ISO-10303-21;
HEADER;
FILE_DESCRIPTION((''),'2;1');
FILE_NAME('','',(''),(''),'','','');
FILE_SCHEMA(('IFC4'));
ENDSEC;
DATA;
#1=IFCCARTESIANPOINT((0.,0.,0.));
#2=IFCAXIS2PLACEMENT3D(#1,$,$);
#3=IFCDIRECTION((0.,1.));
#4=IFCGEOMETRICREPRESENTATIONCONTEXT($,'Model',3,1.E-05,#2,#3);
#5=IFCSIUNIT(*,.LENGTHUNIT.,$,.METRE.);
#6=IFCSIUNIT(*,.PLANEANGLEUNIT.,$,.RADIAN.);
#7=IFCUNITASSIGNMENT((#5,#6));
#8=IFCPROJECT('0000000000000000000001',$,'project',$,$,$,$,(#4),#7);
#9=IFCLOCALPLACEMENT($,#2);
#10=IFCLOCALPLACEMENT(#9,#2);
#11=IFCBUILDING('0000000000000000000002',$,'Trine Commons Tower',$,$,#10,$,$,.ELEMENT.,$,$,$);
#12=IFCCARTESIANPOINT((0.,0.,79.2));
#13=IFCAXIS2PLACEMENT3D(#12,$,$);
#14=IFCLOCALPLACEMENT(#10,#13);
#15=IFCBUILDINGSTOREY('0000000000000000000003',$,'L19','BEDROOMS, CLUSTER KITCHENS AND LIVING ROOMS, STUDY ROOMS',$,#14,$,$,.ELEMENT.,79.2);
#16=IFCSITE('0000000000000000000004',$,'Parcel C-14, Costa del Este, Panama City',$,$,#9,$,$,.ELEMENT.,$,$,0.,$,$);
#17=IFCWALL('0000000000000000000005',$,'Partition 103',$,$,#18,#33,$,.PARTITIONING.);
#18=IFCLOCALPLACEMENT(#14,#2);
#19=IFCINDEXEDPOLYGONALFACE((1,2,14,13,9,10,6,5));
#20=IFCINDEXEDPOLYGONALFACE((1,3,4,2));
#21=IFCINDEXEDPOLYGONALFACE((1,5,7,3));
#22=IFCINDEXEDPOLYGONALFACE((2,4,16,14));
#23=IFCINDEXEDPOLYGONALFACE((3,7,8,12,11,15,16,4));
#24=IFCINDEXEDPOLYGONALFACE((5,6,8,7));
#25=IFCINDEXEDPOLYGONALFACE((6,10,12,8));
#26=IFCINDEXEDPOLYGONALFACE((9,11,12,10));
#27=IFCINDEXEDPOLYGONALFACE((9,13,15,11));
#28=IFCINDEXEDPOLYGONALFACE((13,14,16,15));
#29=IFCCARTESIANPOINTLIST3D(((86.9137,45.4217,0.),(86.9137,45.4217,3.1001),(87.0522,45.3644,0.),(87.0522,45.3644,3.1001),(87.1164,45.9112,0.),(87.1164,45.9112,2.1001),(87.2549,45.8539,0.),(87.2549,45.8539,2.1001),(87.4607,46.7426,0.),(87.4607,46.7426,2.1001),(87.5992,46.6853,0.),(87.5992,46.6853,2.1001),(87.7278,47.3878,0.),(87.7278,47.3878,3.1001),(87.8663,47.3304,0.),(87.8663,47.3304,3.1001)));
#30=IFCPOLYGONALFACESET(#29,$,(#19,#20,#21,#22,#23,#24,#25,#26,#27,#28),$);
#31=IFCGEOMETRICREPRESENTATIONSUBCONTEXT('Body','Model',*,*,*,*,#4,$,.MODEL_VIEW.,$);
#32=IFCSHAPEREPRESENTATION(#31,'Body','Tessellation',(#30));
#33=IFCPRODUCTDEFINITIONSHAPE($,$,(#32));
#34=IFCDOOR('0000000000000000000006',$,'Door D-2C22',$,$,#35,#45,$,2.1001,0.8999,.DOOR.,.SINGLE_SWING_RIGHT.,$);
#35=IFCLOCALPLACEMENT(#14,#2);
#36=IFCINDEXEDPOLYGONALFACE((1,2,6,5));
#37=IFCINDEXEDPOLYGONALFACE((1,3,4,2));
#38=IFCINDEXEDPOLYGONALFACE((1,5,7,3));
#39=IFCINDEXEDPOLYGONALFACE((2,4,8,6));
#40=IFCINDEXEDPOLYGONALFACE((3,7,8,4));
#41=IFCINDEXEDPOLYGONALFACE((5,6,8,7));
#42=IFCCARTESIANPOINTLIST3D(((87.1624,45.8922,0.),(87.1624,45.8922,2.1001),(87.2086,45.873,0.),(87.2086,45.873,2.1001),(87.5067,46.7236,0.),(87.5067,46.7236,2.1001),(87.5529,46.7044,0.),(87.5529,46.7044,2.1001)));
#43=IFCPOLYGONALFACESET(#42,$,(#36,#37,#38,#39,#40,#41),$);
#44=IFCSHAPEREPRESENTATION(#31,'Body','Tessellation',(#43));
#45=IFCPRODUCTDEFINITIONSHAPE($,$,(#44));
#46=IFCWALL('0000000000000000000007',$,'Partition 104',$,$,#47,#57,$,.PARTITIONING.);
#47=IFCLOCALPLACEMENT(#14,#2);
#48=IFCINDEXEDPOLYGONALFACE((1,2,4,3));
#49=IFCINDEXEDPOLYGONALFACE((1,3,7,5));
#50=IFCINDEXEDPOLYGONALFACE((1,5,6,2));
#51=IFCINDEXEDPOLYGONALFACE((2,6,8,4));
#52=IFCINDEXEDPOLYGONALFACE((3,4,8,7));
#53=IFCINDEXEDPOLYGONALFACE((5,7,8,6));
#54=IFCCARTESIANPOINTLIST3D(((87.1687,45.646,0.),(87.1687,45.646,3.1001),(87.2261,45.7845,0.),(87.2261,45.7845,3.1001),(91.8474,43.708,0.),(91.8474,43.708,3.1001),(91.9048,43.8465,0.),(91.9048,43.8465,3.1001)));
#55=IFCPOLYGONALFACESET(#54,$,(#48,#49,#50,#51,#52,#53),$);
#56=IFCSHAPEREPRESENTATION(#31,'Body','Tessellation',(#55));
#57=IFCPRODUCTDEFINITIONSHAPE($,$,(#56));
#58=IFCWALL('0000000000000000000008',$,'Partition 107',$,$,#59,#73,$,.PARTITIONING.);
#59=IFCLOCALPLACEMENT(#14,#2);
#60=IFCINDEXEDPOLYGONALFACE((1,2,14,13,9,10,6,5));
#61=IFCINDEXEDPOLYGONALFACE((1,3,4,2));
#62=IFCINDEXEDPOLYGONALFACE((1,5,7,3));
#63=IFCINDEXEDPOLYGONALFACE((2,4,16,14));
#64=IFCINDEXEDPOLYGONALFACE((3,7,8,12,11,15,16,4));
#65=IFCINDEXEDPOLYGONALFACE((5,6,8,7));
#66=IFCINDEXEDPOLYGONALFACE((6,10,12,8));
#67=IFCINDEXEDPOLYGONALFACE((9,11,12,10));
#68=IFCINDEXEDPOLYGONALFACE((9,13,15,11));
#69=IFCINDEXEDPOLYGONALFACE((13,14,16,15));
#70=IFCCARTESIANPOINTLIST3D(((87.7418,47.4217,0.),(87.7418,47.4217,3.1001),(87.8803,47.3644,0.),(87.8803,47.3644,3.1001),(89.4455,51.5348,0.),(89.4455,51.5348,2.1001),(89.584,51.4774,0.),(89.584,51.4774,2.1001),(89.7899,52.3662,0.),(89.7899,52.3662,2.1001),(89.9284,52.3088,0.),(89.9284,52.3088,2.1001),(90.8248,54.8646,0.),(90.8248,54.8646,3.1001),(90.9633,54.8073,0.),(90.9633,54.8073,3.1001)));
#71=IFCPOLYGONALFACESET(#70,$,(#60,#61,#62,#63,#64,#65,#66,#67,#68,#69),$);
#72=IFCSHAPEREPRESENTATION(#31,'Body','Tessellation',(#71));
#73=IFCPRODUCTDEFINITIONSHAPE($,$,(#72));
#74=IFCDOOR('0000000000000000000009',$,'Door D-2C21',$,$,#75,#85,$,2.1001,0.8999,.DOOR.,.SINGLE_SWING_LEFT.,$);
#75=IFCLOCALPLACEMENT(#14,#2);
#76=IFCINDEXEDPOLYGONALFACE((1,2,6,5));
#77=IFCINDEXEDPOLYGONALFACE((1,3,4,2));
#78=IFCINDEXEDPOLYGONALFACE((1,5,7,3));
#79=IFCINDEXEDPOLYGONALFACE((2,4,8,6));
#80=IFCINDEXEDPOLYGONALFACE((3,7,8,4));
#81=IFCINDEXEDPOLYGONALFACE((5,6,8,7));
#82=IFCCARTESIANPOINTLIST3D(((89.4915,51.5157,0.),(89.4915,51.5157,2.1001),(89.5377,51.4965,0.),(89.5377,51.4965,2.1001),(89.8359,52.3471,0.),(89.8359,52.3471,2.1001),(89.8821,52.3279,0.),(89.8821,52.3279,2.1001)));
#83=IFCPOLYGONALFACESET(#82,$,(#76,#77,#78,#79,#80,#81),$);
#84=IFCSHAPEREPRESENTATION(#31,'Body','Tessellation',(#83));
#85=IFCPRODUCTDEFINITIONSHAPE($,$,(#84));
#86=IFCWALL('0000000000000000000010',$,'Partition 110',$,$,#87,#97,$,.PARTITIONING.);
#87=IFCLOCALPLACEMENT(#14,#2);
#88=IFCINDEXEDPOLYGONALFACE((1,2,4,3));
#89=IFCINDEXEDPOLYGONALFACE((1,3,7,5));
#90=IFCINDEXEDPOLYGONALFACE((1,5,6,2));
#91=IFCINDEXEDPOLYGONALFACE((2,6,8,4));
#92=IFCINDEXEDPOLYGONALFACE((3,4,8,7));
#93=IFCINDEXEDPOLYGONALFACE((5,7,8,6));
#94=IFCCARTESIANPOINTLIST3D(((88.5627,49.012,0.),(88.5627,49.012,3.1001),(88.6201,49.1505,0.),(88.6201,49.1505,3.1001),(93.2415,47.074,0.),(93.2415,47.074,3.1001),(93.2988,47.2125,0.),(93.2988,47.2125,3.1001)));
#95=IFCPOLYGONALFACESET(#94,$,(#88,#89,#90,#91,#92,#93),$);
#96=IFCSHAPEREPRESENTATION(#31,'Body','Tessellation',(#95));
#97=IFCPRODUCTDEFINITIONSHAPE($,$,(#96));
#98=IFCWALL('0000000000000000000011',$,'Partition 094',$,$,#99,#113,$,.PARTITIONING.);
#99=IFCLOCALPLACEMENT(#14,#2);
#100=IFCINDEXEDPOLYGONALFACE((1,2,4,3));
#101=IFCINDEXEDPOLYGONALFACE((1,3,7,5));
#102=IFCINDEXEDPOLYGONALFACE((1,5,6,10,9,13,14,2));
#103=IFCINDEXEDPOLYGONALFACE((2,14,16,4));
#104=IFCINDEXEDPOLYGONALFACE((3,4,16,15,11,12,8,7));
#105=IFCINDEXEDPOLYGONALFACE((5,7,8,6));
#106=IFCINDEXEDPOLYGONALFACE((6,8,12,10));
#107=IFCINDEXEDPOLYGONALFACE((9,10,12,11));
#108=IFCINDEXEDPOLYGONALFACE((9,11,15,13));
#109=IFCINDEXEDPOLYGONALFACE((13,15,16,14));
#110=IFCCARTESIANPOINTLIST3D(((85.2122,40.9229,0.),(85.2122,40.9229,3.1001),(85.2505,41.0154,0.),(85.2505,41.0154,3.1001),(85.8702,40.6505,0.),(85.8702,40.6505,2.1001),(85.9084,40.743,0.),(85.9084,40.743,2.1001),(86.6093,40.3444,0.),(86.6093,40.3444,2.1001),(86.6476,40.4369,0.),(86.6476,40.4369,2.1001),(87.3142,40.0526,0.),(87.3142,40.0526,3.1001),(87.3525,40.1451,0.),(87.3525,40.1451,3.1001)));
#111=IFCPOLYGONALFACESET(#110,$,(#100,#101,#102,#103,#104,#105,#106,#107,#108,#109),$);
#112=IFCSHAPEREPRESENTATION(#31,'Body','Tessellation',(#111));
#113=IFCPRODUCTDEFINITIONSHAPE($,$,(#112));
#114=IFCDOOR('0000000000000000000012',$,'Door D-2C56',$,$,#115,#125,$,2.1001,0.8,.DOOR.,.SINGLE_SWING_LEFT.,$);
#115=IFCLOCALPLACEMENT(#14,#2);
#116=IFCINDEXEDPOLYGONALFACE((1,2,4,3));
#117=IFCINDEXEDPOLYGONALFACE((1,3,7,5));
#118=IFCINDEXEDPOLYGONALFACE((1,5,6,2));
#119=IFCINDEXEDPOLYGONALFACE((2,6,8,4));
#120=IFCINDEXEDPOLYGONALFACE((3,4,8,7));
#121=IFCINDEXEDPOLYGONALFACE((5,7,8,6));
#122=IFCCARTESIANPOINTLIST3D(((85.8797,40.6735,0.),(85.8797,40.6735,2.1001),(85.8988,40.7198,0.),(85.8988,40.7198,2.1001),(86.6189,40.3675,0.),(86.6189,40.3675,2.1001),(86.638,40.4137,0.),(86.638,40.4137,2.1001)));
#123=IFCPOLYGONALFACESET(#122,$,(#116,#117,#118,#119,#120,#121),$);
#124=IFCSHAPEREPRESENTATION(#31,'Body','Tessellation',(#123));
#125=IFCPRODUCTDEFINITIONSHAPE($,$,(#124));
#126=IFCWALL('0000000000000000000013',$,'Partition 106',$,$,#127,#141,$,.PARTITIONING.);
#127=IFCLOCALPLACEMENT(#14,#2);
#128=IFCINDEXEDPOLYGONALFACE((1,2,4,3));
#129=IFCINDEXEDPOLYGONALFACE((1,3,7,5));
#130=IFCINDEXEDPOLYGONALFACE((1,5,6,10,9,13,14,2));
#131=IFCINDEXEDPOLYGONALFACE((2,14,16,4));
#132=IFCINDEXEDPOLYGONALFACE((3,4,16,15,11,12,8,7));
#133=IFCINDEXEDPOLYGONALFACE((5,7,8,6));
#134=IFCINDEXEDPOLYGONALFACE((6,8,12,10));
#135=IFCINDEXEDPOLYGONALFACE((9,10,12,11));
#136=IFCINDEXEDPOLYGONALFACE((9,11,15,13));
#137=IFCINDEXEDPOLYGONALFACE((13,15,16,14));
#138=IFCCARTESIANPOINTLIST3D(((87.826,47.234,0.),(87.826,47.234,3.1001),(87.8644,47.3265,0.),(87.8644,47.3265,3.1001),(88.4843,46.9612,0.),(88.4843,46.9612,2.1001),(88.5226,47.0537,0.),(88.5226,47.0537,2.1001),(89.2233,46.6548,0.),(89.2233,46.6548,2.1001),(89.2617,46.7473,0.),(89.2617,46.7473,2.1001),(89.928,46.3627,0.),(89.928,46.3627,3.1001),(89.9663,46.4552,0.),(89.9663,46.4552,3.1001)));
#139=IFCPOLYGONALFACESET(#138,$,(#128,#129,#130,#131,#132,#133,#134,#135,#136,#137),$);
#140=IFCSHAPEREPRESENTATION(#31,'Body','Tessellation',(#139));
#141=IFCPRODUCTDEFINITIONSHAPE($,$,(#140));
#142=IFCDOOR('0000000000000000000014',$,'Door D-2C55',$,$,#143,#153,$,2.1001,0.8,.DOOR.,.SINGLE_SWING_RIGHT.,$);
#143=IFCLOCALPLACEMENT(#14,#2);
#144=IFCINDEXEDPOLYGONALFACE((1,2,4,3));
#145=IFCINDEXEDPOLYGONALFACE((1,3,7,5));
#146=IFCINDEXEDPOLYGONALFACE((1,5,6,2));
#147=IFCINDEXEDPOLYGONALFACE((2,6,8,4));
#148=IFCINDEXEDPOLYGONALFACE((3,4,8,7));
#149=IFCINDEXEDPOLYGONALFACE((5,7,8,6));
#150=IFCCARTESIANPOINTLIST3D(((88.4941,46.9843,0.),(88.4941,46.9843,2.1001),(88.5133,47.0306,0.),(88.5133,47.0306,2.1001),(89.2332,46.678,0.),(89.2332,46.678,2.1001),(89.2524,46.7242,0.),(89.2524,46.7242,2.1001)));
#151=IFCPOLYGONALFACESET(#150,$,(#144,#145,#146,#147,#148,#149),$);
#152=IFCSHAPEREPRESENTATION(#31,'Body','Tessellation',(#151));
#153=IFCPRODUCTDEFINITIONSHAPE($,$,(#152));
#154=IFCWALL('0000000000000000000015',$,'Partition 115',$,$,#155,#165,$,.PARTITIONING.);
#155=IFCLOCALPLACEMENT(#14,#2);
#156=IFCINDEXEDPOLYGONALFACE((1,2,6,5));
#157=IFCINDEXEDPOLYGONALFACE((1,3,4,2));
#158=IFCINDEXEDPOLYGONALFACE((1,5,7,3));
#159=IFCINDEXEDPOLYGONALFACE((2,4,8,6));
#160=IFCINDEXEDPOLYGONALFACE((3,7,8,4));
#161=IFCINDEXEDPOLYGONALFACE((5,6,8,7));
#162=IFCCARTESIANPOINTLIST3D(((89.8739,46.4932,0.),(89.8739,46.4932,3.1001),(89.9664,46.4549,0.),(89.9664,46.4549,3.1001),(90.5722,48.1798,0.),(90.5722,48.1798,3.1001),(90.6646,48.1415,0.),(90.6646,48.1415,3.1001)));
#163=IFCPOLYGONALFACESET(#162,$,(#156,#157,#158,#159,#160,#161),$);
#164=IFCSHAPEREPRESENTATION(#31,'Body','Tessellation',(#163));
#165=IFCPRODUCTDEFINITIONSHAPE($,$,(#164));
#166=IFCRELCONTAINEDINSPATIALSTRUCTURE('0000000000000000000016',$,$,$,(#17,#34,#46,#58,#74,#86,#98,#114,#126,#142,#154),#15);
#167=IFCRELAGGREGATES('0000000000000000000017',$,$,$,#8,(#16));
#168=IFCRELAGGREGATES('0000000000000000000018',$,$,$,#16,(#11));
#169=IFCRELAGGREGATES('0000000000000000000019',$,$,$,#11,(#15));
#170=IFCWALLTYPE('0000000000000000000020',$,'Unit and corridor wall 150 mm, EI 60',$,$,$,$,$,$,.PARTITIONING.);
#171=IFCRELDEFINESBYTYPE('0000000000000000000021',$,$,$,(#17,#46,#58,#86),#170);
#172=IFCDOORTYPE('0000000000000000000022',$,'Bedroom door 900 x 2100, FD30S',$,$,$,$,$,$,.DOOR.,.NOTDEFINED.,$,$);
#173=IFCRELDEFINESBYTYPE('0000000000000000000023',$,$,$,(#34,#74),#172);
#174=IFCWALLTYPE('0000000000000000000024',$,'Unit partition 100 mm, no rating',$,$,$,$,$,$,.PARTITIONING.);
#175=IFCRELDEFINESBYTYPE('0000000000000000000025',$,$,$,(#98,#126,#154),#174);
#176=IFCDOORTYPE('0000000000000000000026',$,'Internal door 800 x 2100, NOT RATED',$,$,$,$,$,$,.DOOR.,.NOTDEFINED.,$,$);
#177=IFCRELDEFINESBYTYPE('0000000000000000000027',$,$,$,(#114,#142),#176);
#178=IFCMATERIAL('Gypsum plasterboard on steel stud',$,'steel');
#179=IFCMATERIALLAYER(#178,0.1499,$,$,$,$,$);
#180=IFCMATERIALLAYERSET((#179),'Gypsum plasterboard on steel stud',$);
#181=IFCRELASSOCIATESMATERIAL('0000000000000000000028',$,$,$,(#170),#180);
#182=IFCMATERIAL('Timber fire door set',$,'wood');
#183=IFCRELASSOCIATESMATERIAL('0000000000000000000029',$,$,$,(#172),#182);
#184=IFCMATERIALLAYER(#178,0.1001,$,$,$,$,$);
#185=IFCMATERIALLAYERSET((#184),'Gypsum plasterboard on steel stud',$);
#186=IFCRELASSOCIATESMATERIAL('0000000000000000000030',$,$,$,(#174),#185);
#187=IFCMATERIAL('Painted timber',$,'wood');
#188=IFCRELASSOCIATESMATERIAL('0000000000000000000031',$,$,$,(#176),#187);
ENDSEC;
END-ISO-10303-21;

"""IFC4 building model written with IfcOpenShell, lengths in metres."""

from ifc_helpers import new_model, si_unit, direction, frame, frame_2d, origin, place, context, subcontext, project, spatial, rectangle, extrude, material, layer, layer_set, type_object, element, fill, save


model = new_model("IFC4")

# Units and contexts
model_context = context("Model", 3, precision=1e-05, world=origin(), true_north=direction((0.0, 1.0)))
body_context = subcontext(model_context, "Body", "Model", "MODEL_VIEW")
ifc_project = project(units=[si_unit("LENGTHUNIT", "METRE"), si_unit("PLANEANGLEUNIT", "RADIAN")], contexts=[model_context])

# Site, building, storey
site_placement = place(None, origin())
site = spatial("IfcSite", under=ifc_project, at=site_placement, Name="Parcel C-14, Costa del Este, Panama City", CompositionType="ELEMENT", RefElevation=0.0)
building_placement = place(site_placement, origin())
building = spatial("IfcBuilding", under=site, at=building_placement, Name="Trine Commons Tower", CompositionType="ELEMENT")
storey_placement = place(building_placement, frame((0.0, 0.0, 79.2)))
storey = spatial("IfcBuildingStorey", under=building, at=storey_placement, Name="L19", Description="BEDROOMS, CLUSTER KITCHENS AND LIVING ROOMS, STUDY ROOMS", CompositionType="ELEMENT", Elevation=79.2)

# Shared definitions
ifc_material_1 = material(Name="Gypsum plasterboard on steel stud", Category="steel")
ifc_layer_1 = layer(ifc_material_1, 0.1499)
ifc_layer_set_1 = layer_set([ifc_layer_1], Name="Gypsum plasterboard on steel stud")
wall_type_1 = type_object("IfcWallType", Name="Unit and corridor wall 150 mm, EI 60", PredefinedType="PARTITIONING", material=ifc_layer_set_1)
ifc_material_2 = material(Name="Timber fire door set", Category="wood")

# Shared definitions
ifc_material_3 = material(Name="Painted timber", Category="wood")

# Wall, opening, door
wall_1_placement = place(storey_placement, frame((86.9829, 45.3931, 0.0), z_axis=(0.0, 0.0, 1.0), x_axis=(0.382619, 0.923906, 0.0)))
wall_1 = element("IfcWall", 1, at=wall_1_placement, inside=storey, type_object=wall_type_1, Name="Partition 103", PredefinedType="PARTITIONING", context=body_context, shape_type="SweptSolid", body=[
    extrude(rectangle(XDim=2.1279, YDim=0.1499, at=frame_2d((1.064, 0.0))), origin(), (0.0, 0.0, 1.0), 3.1001),
])
opening_1_placement = place(wall_1_placement, frame((0.5298, 0.0, 0.0)))
opening_1 = element("IfcOpeningElement", 2, at=opening_1_placement, cuts=wall_1, PredefinedType="OPENING", context=body_context, shape_type="SweptSolid", body=[
    extrude(rectangle(XDim=0.8999, YDim=2.1001, at=frame_2d((0.45, 1.05))), frame((0.0, 0.085, 0.0), z_axis=(0.0, -1.0, 0.0), x_axis=(1.0, 0.0, 0.0)), (0.0, 0.0, 1.0), 0.1699),
])
door_type_1 = type_object("IfcDoorType", Name="Bedroom door 900 x 2100, FD30S", OperationType="NOTDEFINED", PredefinedType="DOOR", material=ifc_material_2)
door_1_placement = place(opening_1_placement, frame((0.8999, 0.0, 0.0), z_axis=(0.0, 0.0, 1.0), x_axis=(-1.0, 0.0, 0.0)))
door_1 = element("IfcDoor", 3, at=door_1_placement, inside=storey, type_object=door_type_1, Name="Door D-2C22", OperationType="SINGLE_SWING_RIGHT", OverallHeight=2.1001, OverallWidth=0.8999, PredefinedType="DOOR", context=body_context, shape_type="SweptSolid", body=[
    extrude(rectangle(XDim=0.8999, YDim=2.1001, at=frame_2d((0.45, 1.05))), frame((0.0, 0.0249, 0.0), z_axis=(0.0, -1.0, 0.0), x_axis=(1.0, 0.0, 0.0)), (0.0, 0.0, 1.0), 0.05),
])
fill(opening_1, door_1)

# Wall
wall_2_placement = place(storey_placement, frame((87.1973, 45.7153, 0.0), z_axis=(0.0, 0.0, 1.0), x_axis=(0.923879, -0.382684, 0.0)))
element("IfcWall", 4, at=wall_2_placement, inside=storey, type_object=wall_type_1, Name="Partition 104", PredefinedType="PARTITIONING", context=body_context, shape_type="SweptSolid", body=[
    extrude(rectangle(XDim=5.0642, YDim=0.1499, at=frame_2d((2.5322, 0.0))), origin(), (0.0, 0.0, 1.0), 3.1001),
])

# Wall, opening, door
wall_3_placement = place(storey_placement, frame((87.811, 47.3931, 0.0), z_axis=(0.0, 0.0, 1.0), x_axis=(0.382691, 0.923876, 0.0)))
wall_3 = element("IfcWall", 5, at=wall_3_placement, inside=storey, type_object=wall_type_1, Name="Partition 107", PredefinedType="PARTITIONING", context=body_context, shape_type="SweptSolid", body=[
    extrude(rectangle(XDim=8.0562, YDim=0.1499, at=frame_2d((4.0281, 0.0))), origin(), (0.0, 0.0, 1.0), 3.1001),
])
opening_2_placement = place(wall_3_placement, frame((4.4519, 0.0, 0.0)))
opening_2 = element("IfcOpeningElement", 6, at=opening_2_placement, cuts=wall_3, PredefinedType="OPENING", context=body_context, shape_type="SweptSolid", body=[
    extrude(rectangle(XDim=0.8999, YDim=2.1001, at=frame_2d((0.45, 1.05))), frame((0.0, 0.085, 0.0), z_axis=(0.0, -1.0, 0.0), x_axis=(1.0, 0.0, 0.0)), (0.0, 0.0, 1.0), 0.1699),
])
door_2_placement = place(opening_2_placement, frame((0.8999, 0.0, 0.0), z_axis=(0.0, 0.0, 1.0), x_axis=(-1.0, 0.0, 0.0)))
door_2 = element("IfcDoor", 7, at=door_2_placement, inside=storey, type_object=door_type_1, Name="Door D-2C21", OperationType="SINGLE_SWING_LEFT", OverallHeight=2.1001, OverallWidth=0.8999, PredefinedType="DOOR", context=body_context, shape_type="SweptSolid", body=[
    extrude(rectangle(XDim=0.8999, YDim=2.1001, at=frame_2d((0.45, 1.05))), frame((0.0, 0.0249, 0.0), z_axis=(0.0, -1.0, 0.0), x_axis=(1.0, 0.0, 0.0)), (0.0, 0.0, 1.0), 0.05),
])
fill(opening_2, door_2)

# Wall
wall_4_placement = place(storey_placement, frame((88.5913, 49.0813, 0.0), z_axis=(0.0, 0.0, 1.0), x_axis=(0.923879, -0.382684, 0.0)))
element("IfcWall", 8, at=wall_4_placement, inside=storey, type_object=wall_type_1, Name="Partition 110", PredefinedType="PARTITIONING", context=body_context, shape_type="SweptSolid", body=[
    extrude(rectangle(XDim=5.0642, YDim=0.1499, at=frame_2d((2.5322, 0.0))), origin(), (0.0, 0.0, 1.0), 3.1001),
])

# Walls, openings, doors
ifc_layer_2 = layer(ifc_material_1, 0.1001)
ifc_layer_set_2 = layer_set([ifc_layer_2], Name="Gypsum plasterboard on steel stud")
wall_type_2 = type_object("IfcWallType", Name="Unit partition 100 mm, no rating", PredefinedType="PARTITIONING", material=ifc_layer_set_2)
wall_5_placement = place(storey_placement, frame((85.2312, 40.9692, 0.0), z_axis=(0.0, 0.0, 1.0), x_axis=(0.923932, -0.382557, 0.0)))
wall_5 = element("IfcWall", 9, at=wall_5_placement, inside=storey, type_object=wall_type_2, Name="Partition 094", PredefinedType="PARTITIONING", context=body_context, shape_type="SweptSolid", body=[
    extrude(rectangle(XDim=2.2751, YDim=0.1001, at=frame_2d((1.1377, 0.0))), origin(), (0.0, 0.0, 1.0), 3.1001),
])
opening_3_placement = place(wall_5_placement, frame((0.7124, 0.0, 0.0)))
opening_3 = element("IfcOpeningElement", 10, at=opening_3_placement, cuts=wall_5, PredefinedType="OPENING", context=body_context, shape_type="SweptSolid", body=[
    extrude(rectangle(XDim=0.8, YDim=2.1001, at=frame_2d((0.3999, 1.05))), frame((0.0, 0.0601, 0.0), z_axis=(0.0, -1.0, 0.0), x_axis=(1.0, 0.0, 0.0)), (0.0, 0.0, 1.0), 0.1201),
])
door_type_2 = type_object("IfcDoorType", Name="Internal door 800 x 2100, NOT RATED", OperationType="NOTDEFINED", PredefinedType="DOOR", material=ifc_material_3)
door_3_placement = place(opening_3_placement, origin())
door_3 = element("IfcDoor", 11, at=door_3_placement, inside=storey, type_object=door_type_2, Name="Door D-2C56", OperationType="SINGLE_SWING_LEFT", OverallHeight=2.1001, OverallWidth=0.8, PredefinedType="DOOR", context=body_context, shape_type="SweptSolid", body=[
    extrude(rectangle(XDim=0.8, YDim=2.1001, at=frame_2d((0.3999, 1.05))), frame((0.0, 0.0249, 0.0), z_axis=(0.0, -1.0, 0.0), x_axis=(1.0, 0.0, 0.0)), (0.0, 0.0, 1.0), 0.05),
])
fill(opening_3, door_3)
wall_6_placement = place(storey_placement, frame((87.8452, 47.2803, 0.0), z_axis=(0.0, 0.0, 1.0), x_axis=(0.92378, -0.382923, 0.0)))
wall_6 = element("IfcWall", 12, at=wall_6_placement, inside=storey, type_object=wall_type_2, Name="Partition 106", PredefinedType="PARTITIONING", context=body_context, shape_type="SweptSolid", body=[
    extrude(rectangle(XDim=2.2754, YDim=0.1001, at=frame_2d((1.1377, 0.0))), origin(), (0.0, 0.0, 1.0), 3.1001),
])
opening_4_placement = place(wall_6_placement, frame((0.7126, 0.0, 0.0)))
opening_4 = element("IfcOpeningElement", 13, at=opening_4_placement, cuts=wall_6, PredefinedType="OPENING", context=body_context, shape_type="SweptSolid", body=[
    extrude(rectangle(XDim=0.8, YDim=2.1001, at=frame_2d((0.3999, 1.05))), frame((0.0, 0.0601, 0.0), z_axis=(0.0, -1.0, 0.0), x_axis=(1.0, 0.0, 0.0)), (0.0, 0.0, 1.0), 0.1201),
])
door_4_placement = place(opening_4_placement, frame((0.8, 0.0, 0.0), z_axis=(0.0, 0.0, 1.0), x_axis=(-1.0, 0.0, 0.0)))
door_4 = element("IfcDoor", 14, at=door_4_placement, inside=storey, type_object=door_type_2, Name="Door D-2C55", OperationType="SINGLE_SWING_RIGHT", OverallHeight=2.1001, OverallWidth=0.8, PredefinedType="DOOR", context=body_context, shape_type="SweptSolid", body=[
    extrude(rectangle(XDim=0.8, YDim=2.1001, at=frame_2d((0.3999, 1.05))), frame((0.0, 0.0249, 0.0), z_axis=(0.0, -1.0, 0.0), x_axis=(1.0, 0.0, 0.0)), (0.0, 0.0, 1.0), 0.05),
])
fill(opening_4, door_4)

# Wall
wall_7_placement = place(storey_placement, frame((89.9202, 46.4741, 0.0), z_axis=(0.0, 0.0, 1.0), x_axis=(0.382525, 0.923945, 0.0)))
element("IfcWall", 15, at=wall_7_placement, inside=storey, type_object=wall_type_2, Name="Partition 115", PredefinedType="PARTITIONING", context=body_context, shape_type="SweptSolid", body=[
    extrude(rectangle(XDim=1.8254, YDim=0.1001, at=frame_2d((0.9126, 0.0))), origin(), (0.0, 0.0, 1.0), 3.1001),
])

save(model, "model.ifc")
